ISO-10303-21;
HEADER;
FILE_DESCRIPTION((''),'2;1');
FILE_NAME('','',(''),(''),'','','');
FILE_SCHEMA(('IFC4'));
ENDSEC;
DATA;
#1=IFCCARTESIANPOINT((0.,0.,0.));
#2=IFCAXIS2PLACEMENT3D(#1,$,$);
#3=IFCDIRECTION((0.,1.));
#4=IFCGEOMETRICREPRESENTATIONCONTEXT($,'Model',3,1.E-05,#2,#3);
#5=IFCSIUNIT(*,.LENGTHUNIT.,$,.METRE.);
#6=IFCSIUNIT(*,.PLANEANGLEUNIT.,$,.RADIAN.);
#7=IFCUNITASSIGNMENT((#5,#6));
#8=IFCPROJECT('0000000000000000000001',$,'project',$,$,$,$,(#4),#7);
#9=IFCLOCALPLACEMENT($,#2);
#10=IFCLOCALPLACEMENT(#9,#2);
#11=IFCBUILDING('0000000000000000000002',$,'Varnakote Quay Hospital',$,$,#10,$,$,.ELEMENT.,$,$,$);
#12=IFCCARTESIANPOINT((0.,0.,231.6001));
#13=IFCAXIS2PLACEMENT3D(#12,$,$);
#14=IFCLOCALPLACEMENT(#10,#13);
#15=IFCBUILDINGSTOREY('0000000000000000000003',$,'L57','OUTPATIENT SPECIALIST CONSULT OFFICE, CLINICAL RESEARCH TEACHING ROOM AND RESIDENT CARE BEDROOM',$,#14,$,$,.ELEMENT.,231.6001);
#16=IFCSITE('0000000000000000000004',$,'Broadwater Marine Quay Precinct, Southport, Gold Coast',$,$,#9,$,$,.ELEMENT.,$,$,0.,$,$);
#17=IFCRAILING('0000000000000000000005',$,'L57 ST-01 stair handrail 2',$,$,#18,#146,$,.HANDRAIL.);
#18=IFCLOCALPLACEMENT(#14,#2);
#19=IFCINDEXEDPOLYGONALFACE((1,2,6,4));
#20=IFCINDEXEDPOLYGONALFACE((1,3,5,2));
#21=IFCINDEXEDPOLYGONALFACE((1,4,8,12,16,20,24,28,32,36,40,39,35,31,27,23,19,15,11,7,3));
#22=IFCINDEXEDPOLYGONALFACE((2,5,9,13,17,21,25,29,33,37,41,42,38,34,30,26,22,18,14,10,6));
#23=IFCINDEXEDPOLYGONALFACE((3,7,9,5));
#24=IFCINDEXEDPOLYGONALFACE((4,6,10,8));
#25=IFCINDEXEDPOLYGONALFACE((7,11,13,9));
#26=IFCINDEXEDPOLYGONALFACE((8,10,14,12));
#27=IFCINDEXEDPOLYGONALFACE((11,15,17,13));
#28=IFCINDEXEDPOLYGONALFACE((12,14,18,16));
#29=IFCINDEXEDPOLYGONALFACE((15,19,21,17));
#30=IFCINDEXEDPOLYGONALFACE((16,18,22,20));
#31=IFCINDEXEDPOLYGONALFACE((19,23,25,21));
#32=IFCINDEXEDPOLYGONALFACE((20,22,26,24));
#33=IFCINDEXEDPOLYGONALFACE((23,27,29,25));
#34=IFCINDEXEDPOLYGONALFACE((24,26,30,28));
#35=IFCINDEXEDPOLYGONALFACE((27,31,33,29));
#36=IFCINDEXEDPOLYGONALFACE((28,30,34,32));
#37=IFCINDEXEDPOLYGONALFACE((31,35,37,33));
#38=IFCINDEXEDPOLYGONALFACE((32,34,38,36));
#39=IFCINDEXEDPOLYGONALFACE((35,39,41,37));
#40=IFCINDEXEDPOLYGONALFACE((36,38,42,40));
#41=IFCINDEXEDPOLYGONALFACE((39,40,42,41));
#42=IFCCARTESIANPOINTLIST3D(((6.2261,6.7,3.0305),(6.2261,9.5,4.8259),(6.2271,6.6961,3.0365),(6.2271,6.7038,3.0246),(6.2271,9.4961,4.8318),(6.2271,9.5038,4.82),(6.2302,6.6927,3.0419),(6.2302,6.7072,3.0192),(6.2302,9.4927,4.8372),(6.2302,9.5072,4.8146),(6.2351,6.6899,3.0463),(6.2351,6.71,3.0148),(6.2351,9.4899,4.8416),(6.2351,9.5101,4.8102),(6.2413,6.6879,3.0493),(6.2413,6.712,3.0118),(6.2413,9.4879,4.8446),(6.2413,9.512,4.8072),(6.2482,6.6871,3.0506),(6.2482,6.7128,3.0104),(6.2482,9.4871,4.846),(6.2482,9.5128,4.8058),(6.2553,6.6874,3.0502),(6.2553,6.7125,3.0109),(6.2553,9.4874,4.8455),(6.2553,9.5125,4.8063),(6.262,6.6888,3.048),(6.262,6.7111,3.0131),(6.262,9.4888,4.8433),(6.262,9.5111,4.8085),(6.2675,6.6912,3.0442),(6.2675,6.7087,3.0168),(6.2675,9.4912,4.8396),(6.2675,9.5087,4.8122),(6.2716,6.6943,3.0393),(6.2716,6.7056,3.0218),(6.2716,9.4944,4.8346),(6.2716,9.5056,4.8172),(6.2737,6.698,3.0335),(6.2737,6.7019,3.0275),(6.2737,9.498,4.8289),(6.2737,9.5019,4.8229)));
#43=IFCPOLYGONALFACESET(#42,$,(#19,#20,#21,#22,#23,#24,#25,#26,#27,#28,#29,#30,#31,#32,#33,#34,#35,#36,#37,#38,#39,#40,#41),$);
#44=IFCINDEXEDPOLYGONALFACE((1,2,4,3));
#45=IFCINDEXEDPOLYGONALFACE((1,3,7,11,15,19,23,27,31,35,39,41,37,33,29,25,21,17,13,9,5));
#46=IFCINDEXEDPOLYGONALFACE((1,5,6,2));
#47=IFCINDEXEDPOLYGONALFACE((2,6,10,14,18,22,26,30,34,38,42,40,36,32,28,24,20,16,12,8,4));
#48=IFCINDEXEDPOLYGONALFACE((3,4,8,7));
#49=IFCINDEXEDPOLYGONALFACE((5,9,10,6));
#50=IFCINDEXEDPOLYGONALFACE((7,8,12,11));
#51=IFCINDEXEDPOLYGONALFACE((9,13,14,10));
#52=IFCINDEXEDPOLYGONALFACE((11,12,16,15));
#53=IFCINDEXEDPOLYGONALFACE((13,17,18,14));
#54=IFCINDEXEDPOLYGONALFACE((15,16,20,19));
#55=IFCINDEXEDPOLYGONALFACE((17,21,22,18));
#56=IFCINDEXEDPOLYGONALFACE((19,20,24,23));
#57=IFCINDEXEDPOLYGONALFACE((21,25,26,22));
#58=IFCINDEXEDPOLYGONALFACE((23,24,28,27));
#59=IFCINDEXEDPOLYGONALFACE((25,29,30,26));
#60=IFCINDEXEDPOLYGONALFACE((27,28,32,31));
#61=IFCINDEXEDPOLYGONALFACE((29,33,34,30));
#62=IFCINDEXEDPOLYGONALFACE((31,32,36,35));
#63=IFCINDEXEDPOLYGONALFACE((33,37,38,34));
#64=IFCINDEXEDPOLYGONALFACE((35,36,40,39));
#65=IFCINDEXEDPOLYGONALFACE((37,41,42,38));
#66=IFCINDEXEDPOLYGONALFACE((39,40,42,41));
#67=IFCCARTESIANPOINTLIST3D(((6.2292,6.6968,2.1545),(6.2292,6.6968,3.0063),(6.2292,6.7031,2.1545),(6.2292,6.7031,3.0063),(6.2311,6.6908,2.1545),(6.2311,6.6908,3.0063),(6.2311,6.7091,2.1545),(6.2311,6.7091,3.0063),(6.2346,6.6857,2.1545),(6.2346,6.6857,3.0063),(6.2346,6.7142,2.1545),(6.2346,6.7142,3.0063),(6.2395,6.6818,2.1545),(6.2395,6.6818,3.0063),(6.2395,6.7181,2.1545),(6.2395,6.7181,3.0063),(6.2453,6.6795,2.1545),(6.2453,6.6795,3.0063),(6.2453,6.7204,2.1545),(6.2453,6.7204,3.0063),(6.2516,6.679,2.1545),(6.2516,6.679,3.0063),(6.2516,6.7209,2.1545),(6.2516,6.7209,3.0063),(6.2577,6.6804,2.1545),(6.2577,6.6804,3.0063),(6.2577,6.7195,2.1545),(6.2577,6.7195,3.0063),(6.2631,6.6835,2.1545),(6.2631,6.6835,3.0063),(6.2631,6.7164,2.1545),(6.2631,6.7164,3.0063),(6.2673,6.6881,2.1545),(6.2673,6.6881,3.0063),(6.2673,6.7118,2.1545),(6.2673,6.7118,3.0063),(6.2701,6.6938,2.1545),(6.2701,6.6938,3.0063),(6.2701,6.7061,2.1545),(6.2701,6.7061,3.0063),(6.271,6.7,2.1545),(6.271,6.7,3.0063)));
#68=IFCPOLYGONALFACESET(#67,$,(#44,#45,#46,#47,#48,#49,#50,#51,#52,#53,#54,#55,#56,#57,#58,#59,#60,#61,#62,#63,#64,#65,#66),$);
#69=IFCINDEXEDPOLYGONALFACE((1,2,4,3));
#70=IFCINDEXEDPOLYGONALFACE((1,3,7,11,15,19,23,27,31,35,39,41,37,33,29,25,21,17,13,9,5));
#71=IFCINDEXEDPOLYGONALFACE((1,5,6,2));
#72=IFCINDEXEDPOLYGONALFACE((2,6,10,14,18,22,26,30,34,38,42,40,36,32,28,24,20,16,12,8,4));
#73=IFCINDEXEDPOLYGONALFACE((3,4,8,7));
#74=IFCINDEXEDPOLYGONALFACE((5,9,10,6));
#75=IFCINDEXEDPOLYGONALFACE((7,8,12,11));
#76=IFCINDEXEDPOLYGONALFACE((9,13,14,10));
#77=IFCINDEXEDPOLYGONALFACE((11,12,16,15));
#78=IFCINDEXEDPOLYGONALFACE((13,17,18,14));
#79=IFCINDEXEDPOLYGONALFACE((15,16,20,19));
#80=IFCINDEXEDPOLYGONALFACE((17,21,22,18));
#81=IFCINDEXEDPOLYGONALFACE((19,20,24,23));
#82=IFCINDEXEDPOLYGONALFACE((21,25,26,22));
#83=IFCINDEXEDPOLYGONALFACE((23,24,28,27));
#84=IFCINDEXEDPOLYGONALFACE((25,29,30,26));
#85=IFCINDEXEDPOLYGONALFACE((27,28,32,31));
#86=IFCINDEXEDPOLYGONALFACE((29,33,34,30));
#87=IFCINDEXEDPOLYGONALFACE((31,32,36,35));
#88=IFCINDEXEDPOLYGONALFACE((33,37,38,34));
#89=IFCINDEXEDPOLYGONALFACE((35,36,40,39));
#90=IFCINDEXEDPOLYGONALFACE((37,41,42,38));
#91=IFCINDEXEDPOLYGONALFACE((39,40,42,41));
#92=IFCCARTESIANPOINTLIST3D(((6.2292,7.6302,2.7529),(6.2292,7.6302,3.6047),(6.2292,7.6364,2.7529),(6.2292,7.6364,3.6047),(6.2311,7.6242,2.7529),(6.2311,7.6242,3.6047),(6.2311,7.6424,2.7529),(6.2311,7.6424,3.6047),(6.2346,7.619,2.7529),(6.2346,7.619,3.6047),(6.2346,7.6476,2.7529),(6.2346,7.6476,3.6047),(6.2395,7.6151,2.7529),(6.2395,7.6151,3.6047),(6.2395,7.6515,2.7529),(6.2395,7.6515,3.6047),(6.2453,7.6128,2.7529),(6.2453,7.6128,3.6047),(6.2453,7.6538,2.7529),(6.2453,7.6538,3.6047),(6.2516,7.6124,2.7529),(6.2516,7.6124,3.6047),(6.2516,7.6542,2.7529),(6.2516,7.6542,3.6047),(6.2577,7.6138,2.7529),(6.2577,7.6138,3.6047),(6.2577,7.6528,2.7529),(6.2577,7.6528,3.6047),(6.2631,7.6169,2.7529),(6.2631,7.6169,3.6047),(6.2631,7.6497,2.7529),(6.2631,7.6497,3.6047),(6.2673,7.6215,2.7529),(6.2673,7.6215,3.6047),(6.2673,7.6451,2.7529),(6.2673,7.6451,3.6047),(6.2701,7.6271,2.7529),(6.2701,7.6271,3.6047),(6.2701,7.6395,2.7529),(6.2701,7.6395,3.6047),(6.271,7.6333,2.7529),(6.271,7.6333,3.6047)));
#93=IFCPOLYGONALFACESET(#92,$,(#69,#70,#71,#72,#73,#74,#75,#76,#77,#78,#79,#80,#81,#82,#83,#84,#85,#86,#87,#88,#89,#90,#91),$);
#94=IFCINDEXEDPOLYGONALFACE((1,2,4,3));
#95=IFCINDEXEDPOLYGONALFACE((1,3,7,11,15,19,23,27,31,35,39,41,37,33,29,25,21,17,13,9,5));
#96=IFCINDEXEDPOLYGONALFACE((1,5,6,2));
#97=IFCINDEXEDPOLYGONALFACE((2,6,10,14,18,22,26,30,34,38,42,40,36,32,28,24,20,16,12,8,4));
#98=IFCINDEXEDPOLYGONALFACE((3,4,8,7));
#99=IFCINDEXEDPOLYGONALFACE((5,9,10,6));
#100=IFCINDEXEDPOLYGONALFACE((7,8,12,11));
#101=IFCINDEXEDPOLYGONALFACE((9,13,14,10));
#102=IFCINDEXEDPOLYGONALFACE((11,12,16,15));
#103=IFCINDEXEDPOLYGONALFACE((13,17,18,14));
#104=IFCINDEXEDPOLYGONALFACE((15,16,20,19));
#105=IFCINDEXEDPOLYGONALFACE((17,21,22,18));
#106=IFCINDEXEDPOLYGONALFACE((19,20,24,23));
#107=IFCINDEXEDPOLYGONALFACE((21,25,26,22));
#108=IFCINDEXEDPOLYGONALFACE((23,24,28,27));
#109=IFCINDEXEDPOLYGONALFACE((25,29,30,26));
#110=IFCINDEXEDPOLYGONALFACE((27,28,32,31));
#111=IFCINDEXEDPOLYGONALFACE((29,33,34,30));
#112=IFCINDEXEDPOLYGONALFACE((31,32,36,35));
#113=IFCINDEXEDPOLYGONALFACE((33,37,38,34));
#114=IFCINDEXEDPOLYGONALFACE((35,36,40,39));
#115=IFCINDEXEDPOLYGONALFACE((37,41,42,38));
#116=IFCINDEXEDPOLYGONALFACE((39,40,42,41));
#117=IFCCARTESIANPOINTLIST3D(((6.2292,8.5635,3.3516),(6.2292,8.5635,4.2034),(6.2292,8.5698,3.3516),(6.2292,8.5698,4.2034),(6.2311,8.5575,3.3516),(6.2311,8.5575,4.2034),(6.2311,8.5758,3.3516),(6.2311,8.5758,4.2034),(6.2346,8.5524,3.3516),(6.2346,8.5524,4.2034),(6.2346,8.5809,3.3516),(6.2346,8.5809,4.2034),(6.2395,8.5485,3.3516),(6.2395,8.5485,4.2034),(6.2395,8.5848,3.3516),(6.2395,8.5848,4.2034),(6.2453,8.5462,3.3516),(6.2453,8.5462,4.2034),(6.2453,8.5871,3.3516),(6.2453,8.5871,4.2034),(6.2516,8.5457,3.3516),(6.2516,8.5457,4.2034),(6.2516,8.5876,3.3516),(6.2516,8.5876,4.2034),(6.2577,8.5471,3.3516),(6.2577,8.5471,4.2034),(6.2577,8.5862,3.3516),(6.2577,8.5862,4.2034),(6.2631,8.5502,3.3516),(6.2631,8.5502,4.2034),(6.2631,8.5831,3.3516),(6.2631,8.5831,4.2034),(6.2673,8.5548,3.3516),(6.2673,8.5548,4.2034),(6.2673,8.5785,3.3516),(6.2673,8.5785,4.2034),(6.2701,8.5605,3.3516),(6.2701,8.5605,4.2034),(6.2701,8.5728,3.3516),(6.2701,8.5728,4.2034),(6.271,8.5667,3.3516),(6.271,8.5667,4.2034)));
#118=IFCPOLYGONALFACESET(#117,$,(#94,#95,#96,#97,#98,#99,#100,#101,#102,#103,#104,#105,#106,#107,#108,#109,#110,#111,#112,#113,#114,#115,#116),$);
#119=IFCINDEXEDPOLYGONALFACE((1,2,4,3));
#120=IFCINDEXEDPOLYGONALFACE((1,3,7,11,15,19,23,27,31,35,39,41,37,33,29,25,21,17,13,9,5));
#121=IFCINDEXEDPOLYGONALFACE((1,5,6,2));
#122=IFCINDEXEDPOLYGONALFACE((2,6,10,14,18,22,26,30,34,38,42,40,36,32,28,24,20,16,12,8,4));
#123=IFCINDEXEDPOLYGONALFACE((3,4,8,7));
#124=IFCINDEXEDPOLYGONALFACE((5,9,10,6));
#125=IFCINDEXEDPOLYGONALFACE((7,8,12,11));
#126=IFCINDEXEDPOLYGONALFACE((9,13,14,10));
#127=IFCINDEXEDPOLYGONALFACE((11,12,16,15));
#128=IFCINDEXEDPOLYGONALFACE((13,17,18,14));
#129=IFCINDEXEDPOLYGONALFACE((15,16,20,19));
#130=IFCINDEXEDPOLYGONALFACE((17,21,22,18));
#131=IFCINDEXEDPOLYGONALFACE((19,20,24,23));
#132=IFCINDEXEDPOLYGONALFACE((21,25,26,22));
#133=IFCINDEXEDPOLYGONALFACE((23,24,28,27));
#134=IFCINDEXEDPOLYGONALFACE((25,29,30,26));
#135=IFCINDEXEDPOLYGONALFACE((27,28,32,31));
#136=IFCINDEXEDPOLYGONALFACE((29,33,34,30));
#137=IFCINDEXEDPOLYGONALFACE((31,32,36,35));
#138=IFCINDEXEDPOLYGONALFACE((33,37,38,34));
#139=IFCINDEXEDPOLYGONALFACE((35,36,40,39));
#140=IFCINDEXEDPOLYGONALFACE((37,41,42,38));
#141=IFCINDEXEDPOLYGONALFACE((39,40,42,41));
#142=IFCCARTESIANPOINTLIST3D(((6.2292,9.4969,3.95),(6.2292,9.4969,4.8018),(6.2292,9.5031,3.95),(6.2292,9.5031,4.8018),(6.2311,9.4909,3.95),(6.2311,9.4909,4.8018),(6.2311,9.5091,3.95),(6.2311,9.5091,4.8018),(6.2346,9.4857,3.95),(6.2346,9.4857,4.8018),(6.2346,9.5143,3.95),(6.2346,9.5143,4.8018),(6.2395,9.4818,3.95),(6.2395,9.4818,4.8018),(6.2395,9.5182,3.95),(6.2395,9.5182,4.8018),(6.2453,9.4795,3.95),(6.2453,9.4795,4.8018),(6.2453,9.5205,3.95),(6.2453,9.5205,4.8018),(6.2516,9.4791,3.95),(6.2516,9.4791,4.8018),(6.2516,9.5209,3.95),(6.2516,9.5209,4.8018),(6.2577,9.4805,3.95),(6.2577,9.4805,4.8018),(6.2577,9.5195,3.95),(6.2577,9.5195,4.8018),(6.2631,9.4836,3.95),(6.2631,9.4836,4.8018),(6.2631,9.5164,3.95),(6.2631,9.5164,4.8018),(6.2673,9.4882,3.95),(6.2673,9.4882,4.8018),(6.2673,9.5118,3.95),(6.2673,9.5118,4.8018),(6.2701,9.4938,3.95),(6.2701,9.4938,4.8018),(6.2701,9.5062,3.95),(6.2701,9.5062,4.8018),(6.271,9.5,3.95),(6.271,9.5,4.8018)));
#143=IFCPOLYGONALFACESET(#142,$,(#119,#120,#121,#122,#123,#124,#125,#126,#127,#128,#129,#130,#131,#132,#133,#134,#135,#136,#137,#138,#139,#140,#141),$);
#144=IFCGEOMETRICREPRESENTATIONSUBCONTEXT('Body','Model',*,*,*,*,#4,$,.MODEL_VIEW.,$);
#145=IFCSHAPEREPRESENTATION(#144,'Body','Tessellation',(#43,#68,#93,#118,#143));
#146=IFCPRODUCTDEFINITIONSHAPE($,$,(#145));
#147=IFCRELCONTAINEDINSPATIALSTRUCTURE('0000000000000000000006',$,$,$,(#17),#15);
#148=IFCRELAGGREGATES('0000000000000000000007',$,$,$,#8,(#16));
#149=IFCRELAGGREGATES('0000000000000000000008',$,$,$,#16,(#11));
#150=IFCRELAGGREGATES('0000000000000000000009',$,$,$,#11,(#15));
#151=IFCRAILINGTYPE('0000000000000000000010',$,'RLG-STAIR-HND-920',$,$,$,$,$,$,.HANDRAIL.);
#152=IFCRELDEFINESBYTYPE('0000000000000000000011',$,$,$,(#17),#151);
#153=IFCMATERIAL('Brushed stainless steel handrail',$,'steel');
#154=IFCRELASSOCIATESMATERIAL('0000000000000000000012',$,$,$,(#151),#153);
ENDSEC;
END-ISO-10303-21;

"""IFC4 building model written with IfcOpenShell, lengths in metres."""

from ifc_helpers import new_model, si_unit, direction, frame, origin, origin_2d, place, context, subcontext, project, spatial, circle, extrude, material, type_object, element, save


model = new_model("IFC4")

# Units and contexts
model_context = context("Model", 3, precision=1e-05, world=origin(), true_north=direction((0.0, 1.0)))
body_context = subcontext(model_context, "Body", "Model", "MODEL_VIEW")
ifc_project = project(units=[si_unit("LENGTHUNIT", "METRE"), si_unit("PLANEANGLEUNIT", "RADIAN")], contexts=[model_context])

# Site, building, storey
site_placement = place(None, origin())
site = spatial("IfcSite", under=ifc_project, at=site_placement, Name="Broadwater Marine Quay Precinct, Southport, Gold Coast", CompositionType="ELEMENT", RefElevation=0.0)
building_placement = place(site_placement, origin())
building = spatial("IfcBuilding", under=site, at=building_placement, Name="Varnakote Quay Hospital", CompositionType="ELEMENT")
storey_placement = place(building_placement, frame((0.0, 0.0, 231.6001)))
storey = spatial("IfcBuildingStorey", under=building, at=storey_placement, Name="L57", Description="OUTPATIENT SPECIALIST CONSULT OFFICE, CLINICAL RESEARCH TEACHING ROOM AND RESIDENT CARE BEDROOM", CompositionType="ELEMENT", Elevation=231.6001)

# Railing
ifc_material_1 = material(Name="Brushed stainless steel handrail", Category="steel")
railing_type_1 = type_object("IfcRailingType", Name="RLG-STAIR-HND-920", PredefinedType="HANDRAIL", material=ifc_material_1)
railing_1_placement = place(storey_placement, frame((6.25, 6.7, 2.1545)))
element("IfcRailing", 1, at=railing_1_placement, inside=storey, type_object=railing_type_1, Name="L57 ST-01 stair handrail 2", PredefinedType="HANDRAIL", context=body_context, shape_type="SweptSolid", body=[
    extrude(circle(Radius=0.0239, at=origin_2d()), frame((0.0, 0.0, 0.876), z_axis=(0.0, 0.84181, 0.539774), x_axis=(-1.0, 0.0, 0.0)), (0.0, 0.0, 1.0), 3.3262),
    extrude(circle(Radius=0.021, at=origin_2d()), origin(), (0.0, 0.0, 1.0), 0.8518),
    extrude(circle(Radius=0.021, at=origin_2d()), frame((0.0, 0.9333, 0.5984)), (0.0, 0.0, 1.0), 0.8518),
    extrude(circle(Radius=0.021, at=origin_2d()), frame((0.0, 1.8667, 1.197)), (0.0, 0.0, 1.0), 0.8518),
    extrude(circle(Radius=0.021, at=origin_2d()), frame((0.0, 2.8, 1.7954)), (0.0, 0.0, 1.0), 0.8518),
])

save(model, "model.ifc")
